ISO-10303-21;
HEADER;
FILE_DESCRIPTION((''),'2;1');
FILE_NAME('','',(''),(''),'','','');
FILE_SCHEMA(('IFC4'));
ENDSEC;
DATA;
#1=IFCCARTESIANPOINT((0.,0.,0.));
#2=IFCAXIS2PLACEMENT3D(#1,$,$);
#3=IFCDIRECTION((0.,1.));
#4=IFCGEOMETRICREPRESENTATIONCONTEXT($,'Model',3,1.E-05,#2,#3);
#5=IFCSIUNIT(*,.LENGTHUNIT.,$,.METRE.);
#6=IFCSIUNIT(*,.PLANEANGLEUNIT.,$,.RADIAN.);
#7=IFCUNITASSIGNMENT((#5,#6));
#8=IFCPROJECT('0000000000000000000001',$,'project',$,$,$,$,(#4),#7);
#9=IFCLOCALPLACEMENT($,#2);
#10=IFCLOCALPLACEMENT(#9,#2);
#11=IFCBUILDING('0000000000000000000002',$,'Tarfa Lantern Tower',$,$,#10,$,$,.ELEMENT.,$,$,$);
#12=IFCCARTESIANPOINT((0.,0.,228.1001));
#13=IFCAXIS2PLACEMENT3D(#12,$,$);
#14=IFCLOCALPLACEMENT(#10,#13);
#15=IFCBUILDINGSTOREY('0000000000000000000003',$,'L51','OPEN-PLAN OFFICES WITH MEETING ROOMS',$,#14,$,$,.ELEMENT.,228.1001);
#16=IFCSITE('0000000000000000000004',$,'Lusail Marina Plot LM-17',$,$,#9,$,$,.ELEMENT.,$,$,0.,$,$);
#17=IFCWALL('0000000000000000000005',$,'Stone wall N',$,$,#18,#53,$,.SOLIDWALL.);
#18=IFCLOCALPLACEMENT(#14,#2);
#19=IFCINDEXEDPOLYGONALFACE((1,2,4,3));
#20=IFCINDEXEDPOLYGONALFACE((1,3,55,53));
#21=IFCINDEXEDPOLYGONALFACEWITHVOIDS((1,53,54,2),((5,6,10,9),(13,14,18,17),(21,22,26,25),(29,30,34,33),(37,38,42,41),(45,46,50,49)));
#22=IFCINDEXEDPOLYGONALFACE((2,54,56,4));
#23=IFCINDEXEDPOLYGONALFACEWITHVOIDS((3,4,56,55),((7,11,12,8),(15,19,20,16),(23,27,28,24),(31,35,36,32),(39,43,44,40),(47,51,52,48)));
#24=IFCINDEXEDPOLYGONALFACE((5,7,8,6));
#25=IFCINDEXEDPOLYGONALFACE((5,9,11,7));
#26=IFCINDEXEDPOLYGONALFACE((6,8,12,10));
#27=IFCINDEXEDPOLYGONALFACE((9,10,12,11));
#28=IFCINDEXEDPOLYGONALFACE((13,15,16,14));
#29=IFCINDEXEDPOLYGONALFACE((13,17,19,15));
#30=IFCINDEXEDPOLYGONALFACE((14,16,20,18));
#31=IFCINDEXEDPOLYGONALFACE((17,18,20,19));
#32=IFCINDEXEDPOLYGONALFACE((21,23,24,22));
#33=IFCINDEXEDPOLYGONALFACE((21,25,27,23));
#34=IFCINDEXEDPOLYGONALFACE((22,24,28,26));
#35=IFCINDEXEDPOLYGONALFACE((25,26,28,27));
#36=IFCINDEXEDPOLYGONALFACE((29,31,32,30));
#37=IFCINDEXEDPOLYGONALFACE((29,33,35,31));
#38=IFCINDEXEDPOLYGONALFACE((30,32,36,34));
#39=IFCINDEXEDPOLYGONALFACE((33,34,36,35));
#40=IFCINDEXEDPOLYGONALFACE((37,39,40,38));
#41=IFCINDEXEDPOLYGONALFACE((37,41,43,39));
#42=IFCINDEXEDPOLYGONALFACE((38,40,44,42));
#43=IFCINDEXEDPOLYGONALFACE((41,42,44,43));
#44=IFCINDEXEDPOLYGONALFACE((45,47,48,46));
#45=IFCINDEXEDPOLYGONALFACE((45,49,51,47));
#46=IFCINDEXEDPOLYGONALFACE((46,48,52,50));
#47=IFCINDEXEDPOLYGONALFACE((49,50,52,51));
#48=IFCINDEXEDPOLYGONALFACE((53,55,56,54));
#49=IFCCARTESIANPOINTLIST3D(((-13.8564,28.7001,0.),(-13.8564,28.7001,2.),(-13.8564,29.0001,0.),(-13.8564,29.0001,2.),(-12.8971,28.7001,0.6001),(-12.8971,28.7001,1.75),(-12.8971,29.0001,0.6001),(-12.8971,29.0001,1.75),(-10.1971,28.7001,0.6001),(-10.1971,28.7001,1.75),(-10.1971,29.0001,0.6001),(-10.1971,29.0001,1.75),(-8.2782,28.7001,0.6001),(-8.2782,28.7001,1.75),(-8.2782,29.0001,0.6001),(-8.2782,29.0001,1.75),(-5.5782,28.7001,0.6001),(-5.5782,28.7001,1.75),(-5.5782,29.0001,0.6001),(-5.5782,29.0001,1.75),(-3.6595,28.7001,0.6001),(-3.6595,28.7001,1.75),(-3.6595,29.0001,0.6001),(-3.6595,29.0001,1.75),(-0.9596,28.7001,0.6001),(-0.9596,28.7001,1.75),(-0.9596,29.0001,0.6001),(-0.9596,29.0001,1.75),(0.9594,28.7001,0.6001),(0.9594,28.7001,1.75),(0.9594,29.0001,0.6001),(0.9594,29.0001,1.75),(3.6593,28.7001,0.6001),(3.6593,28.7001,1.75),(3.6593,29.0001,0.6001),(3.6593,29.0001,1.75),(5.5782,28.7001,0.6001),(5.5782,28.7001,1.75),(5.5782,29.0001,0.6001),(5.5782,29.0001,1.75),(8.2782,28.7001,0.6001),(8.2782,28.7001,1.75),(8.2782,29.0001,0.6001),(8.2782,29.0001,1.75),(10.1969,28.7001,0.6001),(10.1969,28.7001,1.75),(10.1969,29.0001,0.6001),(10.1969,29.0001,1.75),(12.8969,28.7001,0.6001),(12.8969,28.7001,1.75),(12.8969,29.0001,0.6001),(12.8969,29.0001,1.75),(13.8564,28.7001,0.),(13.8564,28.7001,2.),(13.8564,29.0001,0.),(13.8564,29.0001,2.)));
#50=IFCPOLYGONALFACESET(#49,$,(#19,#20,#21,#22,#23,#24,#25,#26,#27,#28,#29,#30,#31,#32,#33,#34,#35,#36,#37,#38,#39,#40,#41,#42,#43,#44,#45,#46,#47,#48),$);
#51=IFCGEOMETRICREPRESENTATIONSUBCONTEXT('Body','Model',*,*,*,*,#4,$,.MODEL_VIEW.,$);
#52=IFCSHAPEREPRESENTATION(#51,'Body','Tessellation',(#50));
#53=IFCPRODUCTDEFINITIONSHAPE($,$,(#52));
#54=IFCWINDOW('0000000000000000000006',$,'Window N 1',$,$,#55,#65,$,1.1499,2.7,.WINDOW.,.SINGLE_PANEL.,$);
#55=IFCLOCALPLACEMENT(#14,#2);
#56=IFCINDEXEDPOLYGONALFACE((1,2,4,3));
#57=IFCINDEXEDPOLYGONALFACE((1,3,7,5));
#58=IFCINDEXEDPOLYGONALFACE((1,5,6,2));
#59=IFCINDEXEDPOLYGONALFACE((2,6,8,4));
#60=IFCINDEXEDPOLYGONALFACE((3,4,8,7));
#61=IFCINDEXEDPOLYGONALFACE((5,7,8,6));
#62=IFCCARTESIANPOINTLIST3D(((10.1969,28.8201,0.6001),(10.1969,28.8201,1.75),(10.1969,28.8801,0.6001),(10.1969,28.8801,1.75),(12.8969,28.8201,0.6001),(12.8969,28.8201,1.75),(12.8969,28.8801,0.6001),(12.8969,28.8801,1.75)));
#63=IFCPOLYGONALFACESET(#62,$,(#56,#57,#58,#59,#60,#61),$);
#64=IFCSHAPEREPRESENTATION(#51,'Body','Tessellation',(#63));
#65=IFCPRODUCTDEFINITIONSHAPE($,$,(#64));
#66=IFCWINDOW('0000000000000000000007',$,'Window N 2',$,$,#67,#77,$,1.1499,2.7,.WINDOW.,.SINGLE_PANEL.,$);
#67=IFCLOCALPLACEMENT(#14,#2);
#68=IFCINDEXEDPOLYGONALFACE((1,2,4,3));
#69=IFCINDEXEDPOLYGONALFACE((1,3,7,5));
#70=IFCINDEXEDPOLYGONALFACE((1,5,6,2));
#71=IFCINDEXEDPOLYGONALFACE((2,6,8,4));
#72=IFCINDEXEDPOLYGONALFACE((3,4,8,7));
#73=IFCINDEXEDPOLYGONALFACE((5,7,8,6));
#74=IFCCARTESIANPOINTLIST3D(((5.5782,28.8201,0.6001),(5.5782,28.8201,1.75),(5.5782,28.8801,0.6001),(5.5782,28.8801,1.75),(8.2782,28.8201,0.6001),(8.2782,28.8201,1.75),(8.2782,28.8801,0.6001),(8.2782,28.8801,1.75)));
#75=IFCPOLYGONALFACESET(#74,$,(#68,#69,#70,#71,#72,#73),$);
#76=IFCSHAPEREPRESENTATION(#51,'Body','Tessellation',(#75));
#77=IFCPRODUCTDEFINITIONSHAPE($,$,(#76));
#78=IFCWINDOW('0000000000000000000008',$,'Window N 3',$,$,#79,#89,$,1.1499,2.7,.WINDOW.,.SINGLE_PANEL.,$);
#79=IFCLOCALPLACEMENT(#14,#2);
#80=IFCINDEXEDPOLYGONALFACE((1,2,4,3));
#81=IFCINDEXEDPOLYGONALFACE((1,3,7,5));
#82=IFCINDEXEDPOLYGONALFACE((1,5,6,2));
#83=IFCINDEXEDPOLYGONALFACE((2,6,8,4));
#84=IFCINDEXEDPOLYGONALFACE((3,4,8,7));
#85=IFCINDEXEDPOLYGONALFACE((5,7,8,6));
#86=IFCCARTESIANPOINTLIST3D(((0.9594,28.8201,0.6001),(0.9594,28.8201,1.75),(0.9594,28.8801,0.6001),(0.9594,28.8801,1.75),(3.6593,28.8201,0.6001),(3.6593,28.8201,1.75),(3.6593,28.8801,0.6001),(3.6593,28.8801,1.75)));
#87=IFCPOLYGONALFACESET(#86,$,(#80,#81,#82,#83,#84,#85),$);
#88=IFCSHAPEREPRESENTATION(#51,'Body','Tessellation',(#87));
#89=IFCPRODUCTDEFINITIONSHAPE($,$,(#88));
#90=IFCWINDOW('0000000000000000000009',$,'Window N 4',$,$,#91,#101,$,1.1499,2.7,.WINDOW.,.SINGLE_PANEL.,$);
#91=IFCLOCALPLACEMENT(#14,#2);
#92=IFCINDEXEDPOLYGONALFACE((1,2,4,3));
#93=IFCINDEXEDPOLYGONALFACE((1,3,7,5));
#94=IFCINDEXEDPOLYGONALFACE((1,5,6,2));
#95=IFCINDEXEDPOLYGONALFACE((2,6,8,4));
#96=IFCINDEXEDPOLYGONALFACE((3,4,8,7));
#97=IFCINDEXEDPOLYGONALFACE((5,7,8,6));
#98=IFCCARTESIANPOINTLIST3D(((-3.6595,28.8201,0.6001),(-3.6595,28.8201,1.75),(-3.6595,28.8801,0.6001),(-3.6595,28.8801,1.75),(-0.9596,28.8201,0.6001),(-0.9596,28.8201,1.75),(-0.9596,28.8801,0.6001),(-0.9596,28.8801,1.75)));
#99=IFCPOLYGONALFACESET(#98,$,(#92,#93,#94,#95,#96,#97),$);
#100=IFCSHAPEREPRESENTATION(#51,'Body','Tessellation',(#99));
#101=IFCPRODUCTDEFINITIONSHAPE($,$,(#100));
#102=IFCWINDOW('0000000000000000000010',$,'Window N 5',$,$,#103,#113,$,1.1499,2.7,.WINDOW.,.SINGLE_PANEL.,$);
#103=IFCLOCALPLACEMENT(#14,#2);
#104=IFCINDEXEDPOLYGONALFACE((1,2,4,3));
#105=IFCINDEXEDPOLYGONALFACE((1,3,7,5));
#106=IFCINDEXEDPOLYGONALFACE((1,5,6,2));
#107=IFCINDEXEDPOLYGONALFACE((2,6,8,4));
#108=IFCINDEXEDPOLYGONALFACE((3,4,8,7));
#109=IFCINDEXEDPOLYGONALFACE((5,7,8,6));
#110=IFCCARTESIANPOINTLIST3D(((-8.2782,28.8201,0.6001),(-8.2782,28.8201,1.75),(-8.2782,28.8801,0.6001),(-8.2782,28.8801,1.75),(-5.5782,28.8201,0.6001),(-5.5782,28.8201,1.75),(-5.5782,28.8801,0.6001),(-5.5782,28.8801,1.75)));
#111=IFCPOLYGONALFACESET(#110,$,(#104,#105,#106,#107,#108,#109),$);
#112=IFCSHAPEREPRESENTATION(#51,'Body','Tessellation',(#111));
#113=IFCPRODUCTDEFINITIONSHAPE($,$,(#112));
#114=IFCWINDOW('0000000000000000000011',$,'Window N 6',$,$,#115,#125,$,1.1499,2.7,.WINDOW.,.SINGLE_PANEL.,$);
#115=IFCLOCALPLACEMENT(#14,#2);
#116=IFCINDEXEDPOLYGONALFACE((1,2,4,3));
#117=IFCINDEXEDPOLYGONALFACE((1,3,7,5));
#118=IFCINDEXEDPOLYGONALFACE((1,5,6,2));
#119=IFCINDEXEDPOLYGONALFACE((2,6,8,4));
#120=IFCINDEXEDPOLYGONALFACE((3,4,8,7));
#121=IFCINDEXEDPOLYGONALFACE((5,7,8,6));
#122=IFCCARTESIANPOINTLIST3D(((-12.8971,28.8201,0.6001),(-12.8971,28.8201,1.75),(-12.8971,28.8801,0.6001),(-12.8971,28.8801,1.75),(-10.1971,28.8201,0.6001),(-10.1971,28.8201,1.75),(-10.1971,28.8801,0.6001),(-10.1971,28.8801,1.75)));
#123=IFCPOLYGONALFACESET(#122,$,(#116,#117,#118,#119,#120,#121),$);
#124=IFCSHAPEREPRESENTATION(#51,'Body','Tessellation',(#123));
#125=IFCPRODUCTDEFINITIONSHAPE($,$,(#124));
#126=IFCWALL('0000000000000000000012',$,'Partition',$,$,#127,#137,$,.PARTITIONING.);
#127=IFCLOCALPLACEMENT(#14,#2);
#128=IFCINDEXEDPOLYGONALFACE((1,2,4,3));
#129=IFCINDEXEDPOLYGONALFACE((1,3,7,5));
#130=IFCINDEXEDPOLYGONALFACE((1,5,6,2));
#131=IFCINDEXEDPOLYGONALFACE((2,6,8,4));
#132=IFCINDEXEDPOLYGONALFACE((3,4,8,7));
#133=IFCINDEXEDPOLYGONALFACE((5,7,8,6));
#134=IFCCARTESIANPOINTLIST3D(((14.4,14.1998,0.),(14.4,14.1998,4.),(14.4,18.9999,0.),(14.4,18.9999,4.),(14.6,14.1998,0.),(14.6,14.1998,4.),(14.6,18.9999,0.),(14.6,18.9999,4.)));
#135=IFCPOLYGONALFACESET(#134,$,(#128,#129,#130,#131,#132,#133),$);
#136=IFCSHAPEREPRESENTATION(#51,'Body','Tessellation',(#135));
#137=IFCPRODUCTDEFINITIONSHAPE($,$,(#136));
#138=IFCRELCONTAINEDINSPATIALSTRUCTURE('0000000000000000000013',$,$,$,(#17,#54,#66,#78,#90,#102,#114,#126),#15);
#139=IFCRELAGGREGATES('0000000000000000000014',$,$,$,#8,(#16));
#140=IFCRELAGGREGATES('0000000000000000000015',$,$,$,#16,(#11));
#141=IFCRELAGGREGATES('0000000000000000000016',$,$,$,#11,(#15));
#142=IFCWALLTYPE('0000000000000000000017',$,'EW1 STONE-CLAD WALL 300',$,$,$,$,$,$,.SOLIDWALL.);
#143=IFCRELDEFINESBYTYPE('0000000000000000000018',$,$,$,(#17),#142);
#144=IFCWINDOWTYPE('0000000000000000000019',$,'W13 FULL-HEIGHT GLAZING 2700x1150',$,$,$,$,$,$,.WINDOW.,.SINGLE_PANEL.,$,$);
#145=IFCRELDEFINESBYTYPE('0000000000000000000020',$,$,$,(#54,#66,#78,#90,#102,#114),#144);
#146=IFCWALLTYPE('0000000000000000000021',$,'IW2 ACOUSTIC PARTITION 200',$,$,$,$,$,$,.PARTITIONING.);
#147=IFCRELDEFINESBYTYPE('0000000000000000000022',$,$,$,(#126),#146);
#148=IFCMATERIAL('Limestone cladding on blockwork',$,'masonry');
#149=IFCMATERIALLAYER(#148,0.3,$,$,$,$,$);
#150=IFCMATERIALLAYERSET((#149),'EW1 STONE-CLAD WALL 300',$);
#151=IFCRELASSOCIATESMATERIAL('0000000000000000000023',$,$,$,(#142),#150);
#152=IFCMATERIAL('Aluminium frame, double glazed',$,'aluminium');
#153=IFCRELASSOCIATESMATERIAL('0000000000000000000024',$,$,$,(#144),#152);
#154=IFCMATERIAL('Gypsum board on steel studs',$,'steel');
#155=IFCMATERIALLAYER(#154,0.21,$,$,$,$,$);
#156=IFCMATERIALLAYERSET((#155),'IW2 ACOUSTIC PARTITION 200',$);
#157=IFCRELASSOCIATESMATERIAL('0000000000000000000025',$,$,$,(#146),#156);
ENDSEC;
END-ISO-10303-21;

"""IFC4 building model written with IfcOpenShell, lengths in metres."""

from ifc_helpers import new_model, si_unit, direction, frame, frame_2d, origin, place, context, subcontext, project, spatial, rectangle, extrude, material, layer, layer_set, type_object, element, fill, save


model = new_model("IFC4")

# Units and contexts
model_context = context("Model", 3, precision=1e-05, world=origin(), true_north=direction((0.0, 1.0)))
body_context = subcontext(model_context, "Body", "Model", "MODEL_VIEW")
ifc_project = project(units=[si_unit("LENGTHUNIT", "METRE"), si_unit("PLANEANGLEUNIT", "RADIAN")], contexts=[model_context])

# Site, building, storey
site_placement = place(None, origin())
site = spatial("IfcSite", under=ifc_project, at=site_placement, Name="Lusail Marina Plot LM-17", CompositionType="ELEMENT", RefElevation=0.0)
building_placement = place(site_placement, origin())
building = spatial("IfcBuilding", under=site, at=building_placement, Name="Tarfa Lantern Tower", CompositionType="ELEMENT")
storey_placement = place(building_placement, frame((0.0, 0.0, 228.1001)))
storey = spatial("IfcBuildingStorey", under=building, at=storey_placement, Name="L51", Description="OPEN-PLAN OFFICES WITH MEETING ROOMS", CompositionType="ELEMENT", Elevation=228.1001)

# Wall, openings, windows
ifc_material_1 = material(Name="Limestone cladding on blockwork", Category="masonry")
ifc_layer_1 = layer(ifc_material_1, 0.3)
ifc_layer_set_1 = layer_set([ifc_layer_1], Name="EW1 STONE-CLAD WALL 300")
wall_type_1 = type_object("IfcWallType", Name="EW1 STONE-CLAD WALL 300", PredefinedType="SOLIDWALL", material=ifc_layer_set_1)
wall_1_placement = place(storey_placement, frame((13.8564, 28.8501, 0.0), z_axis=(0.0, 0.0, 1.0), x_axis=(-1.0, 0.0, 0.0)))
wall_1 = element("IfcWall", 1, at=wall_1_placement, inside=storey, type_object=wall_type_1, Name="Stone wall N", PredefinedType="SOLIDWALL", context=body_context, shape_type="SweptSolid", body=[
    extrude(rectangle(XDim=27.7129, YDim=0.3, at=frame_2d((13.8564, 0.0))), origin(), (0.0, 0.0, 1.0), 2.0),
])
opening_1_placement = place(wall_1_placement, frame((0.9595, 0.0, 0.6001)))
opening_1 = element("IfcOpeningElement", 2, at=opening_1_placement, cuts=wall_1, PredefinedType="OPENING", context=body_context, shape_type="SweptSolid", body=[
    extrude(rectangle(XDim=2.7, YDim=1.1499, at=frame_2d((1.3501, 0.575))), frame((0.0, 0.1599, 0.0), z_axis=(0.0, -1.0, 0.0), x_axis=(1.0, 0.0, 0.0)), (0.0, 0.0, 1.0), 0.3201),
])
opening_2_placement = place(wall_1_placement, frame((5.5781, 0.0, 0.6001)))
opening_2 = element("IfcOpeningElement", 3, at=opening_2_placement, cuts=wall_1, PredefinedType="OPENING", context=body_context, shape_type="SweptSolid", body=[
    extrude(rectangle(XDim=2.7, YDim=1.1499, at=frame_2d((1.3501, 0.575))), frame((0.0, 0.1599, 0.0), z_axis=(0.0, -1.0, 0.0), x_axis=(1.0, 0.0, 0.0)), (0.0, 0.0, 1.0), 0.3201),
])
opening_3_placement = place(wall_1_placement, frame((10.197, 0.0, 0.6001)))
opening_3 = element("IfcOpeningElement", 4, at=opening_3_placement, cuts=wall_1, PredefinedType="OPENING", context=body_context, shape_type="SweptSolid", body=[
    extrude(rectangle(XDim=2.7, YDim=1.1499, at=frame_2d((1.3501, 0.575))), frame((0.0, 0.1599, 0.0), z_axis=(0.0, -1.0, 0.0), x_axis=(1.0, 0.0, 0.0)), (0.0, 0.0, 1.0), 0.3201),
])
opening_4_placement = place(wall_1_placement, frame((14.8159, 0.0, 0.6001)))
opening_4 = element("IfcOpeningElement", 5, at=opening_4_placement, cuts=wall_1, PredefinedType="OPENING", context=body_context, shape_type="SweptSolid", body=[
    extrude(rectangle(XDim=2.7, YDim=1.1499, at=frame_2d((1.3501, 0.575))), frame((0.0, 0.1599, 0.0), z_axis=(0.0, -1.0, 0.0), x_axis=(1.0, 0.0, 0.0)), (0.0, 0.0, 1.0), 0.3201),
])
opening_5_placement = place(wall_1_placement, frame((19.4346, 0.0, 0.6001)))
opening_5 = element("IfcOpeningElement", 6, at=opening_5_placement, cuts=wall_1, PredefinedType="OPENING", context=body_context, shape_type="SweptSolid", body=[
    extrude(rectangle(XDim=2.7, YDim=1.1499, at=frame_2d((1.3501, 0.575))), frame((0.0, 0.1599, 0.0), z_axis=(0.0, -1.0, 0.0), x_axis=(1.0, 0.0, 0.0)), (0.0, 0.0, 1.0), 0.3201),
])
opening_6_placement = place(wall_1_placement, frame((24.0535, 0.0, 0.6001)))
opening_6 = element("IfcOpeningElement", 7, at=opening_6_placement, cuts=wall_1, PredefinedType="OPENING", context=body_context, shape_type="SweptSolid", body=[
    extrude(rectangle(XDim=2.7, YDim=1.1499, at=frame_2d((1.3501, 0.575))), frame((0.0, 0.1599, 0.0), z_axis=(0.0, -1.0, 0.0), x_axis=(1.0, 0.0, 0.0)), (0.0, 0.0, 1.0), 0.3201),
])
ifc_material_2 = material(Name="Aluminium frame, double glazed", Category="aluminium")
window_type = type_object("IfcWindowType", Name="W13 FULL-HEIGHT GLAZING 2700x1150", PartitioningType="SINGLE_PANEL", PredefinedType="WINDOW", material=ifc_material_2)
window_1_placement = place(opening_1_placement, origin())
window_1 = element("IfcWindow", 8, at=window_1_placement, inside=storey, type_object=window_type, Name="Window N 1", OverallHeight=1.1499, OverallWidth=2.7, PartitioningType="SINGLE_PANEL", PredefinedType="WINDOW", context=body_context, shape_type="SweptSolid", body=[
    extrude(rectangle(XDim=2.7, YDim=1.1499, at=frame_2d((1.3501, 0.575))), frame((0.0, 0.03, 0.0), z_axis=(0.0, -1.0, 0.0), x_axis=(1.0, 0.0, 0.0)), (0.0, 0.0, 1.0), 0.0601),
])
fill(opening_1, window_1)
window_2_placement = place(opening_2_placement, origin())
window_2 = element("IfcWindow", 9, at=window_2_placement, inside=storey, type_object=window_type, Name="Window N 2", OverallHeight=1.1499, OverallWidth=2.7, PartitioningType="SINGLE_PANEL", PredefinedType="WINDOW", context=body_context, shape_type="SweptSolid", body=[
    extrude(rectangle(XDim=2.7, YDim=1.1499, at=frame_2d((1.3501, 0.575))), frame((0.0, 0.03, 0.0), z_axis=(0.0, -1.0, 0.0), x_axis=(1.0, 0.0, 0.0)), (0.0, 0.0, 1.0), 0.0601),
])
fill(opening_2, window_2)
window_3_placement = place(opening_3_placement, origin())
window_3 = element("IfcWindow", 10, at=window_3_placement, inside=storey, type_object=window_type, Name="Window N 3", OverallHeight=1.1499, OverallWidth=2.7, PartitioningType="SINGLE_PANEL", PredefinedType="WINDOW", context=body_context, shape_type="SweptSolid", body=[
    extrude(rectangle(XDim=2.7, YDim=1.1499, at=frame_2d((1.3501, 0.575))), frame((0.0, 0.03, 0.0), z_axis=(0.0, -1.0, 0.0), x_axis=(1.0, 0.0, 0.0)), (0.0, 0.0, 1.0), 0.0601),
])
fill(opening_3, window_3)
window_4_placement = place(opening_4_placement, origin())
window_4 = element("IfcWindow", 11, at=window_4_placement, inside=storey, type_object=window_type, Name="Window N 4", OverallHeight=1.1499, OverallWidth=2.7, PartitioningType="SINGLE_PANEL", PredefinedType="WINDOW", context=body_context, shape_type="SweptSolid", body=[
    extrude(rectangle(XDim=2.7, YDim=1.1499, at=frame_2d((1.3501, 0.575))), frame((0.0, 0.03, 0.0), z_axis=(0.0, -1.0, 0.0), x_axis=(1.0, 0.0, 0.0)), (0.0, 0.0, 1.0), 0.0601),
])
fill(opening_4, window_4)
window_5_placement = place(opening_5_placement, origin())
window_5 = element("IfcWindow", 12, at=window_5_placement, inside=storey, type_object=window_type, Name="Window N 5", OverallHeight=1.1499, OverallWidth=2.7, PartitioningType="SINGLE_PANEL", PredefinedType="WINDOW", context=body_context, shape_type="SweptSolid", body=[
    extrude(rectangle(XDim=2.7, YDim=1.1499, at=frame_2d((1.3501, 0.575))), frame((0.0, 0.03, 0.0), z_axis=(0.0, -1.0, 0.0), x_axis=(1.0, 0.0, 0.0)), (0.0, 0.0, 1.0), 0.0601),
])
fill(opening_5, window_5)
window_6_placement = place(opening_6_placement, origin())
window_6 = element("IfcWindow", 13, at=window_6_placement, inside=storey, type_object=window_type, Name="Window N 6", OverallHeight=1.1499, OverallWidth=2.7, PartitioningType="SINGLE_PANEL", PredefinedType="WINDOW", context=body_context, shape_type="SweptSolid", body=[
    extrude(rectangle(XDim=2.7, YDim=1.1499, at=frame_2d((1.3501, 0.575))), frame((0.0, 0.03, 0.0), z_axis=(0.0, -1.0, 0.0), x_axis=(1.0, 0.0, 0.0)), (0.0, 0.0, 1.0), 0.0601),
])
fill(opening_6, window_6)

# Wall
ifc_material_3 = material(Name="Gypsum board on steel studs", Category="steel")
ifc_layer_2 = layer(ifc_material_3, 0.21)
ifc_layer_set_2 = layer_set([ifc_layer_2], Name="IW2 ACOUSTIC PARTITION 200")
wall_type_2 = type_object("IfcWallType", Name="IW2 ACOUSTIC PARTITION 200", PredefinedType="PARTITIONING", material=ifc_layer_set_2)
wall_2_placement = place(storey_placement, frame((14.5, 14.2, 0.0), z_axis=(0.0, 0.0, 1.0), x_axis=(0.0, 1.0, 0.0)))
element("IfcWall", 14, at=wall_2_placement, inside=storey, type_object=wall_type_2, Name="Partition", PredefinedType="PARTITIONING", context=body_context, shape_type="SweptSolid", body=[
    extrude(rectangle(XDim=4.8, YDim=0.2, at=frame_2d((2.3999, 0.0))), origin(), (0.0, 0.0, 1.0), 4.0),
])

save(model, "model.ifc")
